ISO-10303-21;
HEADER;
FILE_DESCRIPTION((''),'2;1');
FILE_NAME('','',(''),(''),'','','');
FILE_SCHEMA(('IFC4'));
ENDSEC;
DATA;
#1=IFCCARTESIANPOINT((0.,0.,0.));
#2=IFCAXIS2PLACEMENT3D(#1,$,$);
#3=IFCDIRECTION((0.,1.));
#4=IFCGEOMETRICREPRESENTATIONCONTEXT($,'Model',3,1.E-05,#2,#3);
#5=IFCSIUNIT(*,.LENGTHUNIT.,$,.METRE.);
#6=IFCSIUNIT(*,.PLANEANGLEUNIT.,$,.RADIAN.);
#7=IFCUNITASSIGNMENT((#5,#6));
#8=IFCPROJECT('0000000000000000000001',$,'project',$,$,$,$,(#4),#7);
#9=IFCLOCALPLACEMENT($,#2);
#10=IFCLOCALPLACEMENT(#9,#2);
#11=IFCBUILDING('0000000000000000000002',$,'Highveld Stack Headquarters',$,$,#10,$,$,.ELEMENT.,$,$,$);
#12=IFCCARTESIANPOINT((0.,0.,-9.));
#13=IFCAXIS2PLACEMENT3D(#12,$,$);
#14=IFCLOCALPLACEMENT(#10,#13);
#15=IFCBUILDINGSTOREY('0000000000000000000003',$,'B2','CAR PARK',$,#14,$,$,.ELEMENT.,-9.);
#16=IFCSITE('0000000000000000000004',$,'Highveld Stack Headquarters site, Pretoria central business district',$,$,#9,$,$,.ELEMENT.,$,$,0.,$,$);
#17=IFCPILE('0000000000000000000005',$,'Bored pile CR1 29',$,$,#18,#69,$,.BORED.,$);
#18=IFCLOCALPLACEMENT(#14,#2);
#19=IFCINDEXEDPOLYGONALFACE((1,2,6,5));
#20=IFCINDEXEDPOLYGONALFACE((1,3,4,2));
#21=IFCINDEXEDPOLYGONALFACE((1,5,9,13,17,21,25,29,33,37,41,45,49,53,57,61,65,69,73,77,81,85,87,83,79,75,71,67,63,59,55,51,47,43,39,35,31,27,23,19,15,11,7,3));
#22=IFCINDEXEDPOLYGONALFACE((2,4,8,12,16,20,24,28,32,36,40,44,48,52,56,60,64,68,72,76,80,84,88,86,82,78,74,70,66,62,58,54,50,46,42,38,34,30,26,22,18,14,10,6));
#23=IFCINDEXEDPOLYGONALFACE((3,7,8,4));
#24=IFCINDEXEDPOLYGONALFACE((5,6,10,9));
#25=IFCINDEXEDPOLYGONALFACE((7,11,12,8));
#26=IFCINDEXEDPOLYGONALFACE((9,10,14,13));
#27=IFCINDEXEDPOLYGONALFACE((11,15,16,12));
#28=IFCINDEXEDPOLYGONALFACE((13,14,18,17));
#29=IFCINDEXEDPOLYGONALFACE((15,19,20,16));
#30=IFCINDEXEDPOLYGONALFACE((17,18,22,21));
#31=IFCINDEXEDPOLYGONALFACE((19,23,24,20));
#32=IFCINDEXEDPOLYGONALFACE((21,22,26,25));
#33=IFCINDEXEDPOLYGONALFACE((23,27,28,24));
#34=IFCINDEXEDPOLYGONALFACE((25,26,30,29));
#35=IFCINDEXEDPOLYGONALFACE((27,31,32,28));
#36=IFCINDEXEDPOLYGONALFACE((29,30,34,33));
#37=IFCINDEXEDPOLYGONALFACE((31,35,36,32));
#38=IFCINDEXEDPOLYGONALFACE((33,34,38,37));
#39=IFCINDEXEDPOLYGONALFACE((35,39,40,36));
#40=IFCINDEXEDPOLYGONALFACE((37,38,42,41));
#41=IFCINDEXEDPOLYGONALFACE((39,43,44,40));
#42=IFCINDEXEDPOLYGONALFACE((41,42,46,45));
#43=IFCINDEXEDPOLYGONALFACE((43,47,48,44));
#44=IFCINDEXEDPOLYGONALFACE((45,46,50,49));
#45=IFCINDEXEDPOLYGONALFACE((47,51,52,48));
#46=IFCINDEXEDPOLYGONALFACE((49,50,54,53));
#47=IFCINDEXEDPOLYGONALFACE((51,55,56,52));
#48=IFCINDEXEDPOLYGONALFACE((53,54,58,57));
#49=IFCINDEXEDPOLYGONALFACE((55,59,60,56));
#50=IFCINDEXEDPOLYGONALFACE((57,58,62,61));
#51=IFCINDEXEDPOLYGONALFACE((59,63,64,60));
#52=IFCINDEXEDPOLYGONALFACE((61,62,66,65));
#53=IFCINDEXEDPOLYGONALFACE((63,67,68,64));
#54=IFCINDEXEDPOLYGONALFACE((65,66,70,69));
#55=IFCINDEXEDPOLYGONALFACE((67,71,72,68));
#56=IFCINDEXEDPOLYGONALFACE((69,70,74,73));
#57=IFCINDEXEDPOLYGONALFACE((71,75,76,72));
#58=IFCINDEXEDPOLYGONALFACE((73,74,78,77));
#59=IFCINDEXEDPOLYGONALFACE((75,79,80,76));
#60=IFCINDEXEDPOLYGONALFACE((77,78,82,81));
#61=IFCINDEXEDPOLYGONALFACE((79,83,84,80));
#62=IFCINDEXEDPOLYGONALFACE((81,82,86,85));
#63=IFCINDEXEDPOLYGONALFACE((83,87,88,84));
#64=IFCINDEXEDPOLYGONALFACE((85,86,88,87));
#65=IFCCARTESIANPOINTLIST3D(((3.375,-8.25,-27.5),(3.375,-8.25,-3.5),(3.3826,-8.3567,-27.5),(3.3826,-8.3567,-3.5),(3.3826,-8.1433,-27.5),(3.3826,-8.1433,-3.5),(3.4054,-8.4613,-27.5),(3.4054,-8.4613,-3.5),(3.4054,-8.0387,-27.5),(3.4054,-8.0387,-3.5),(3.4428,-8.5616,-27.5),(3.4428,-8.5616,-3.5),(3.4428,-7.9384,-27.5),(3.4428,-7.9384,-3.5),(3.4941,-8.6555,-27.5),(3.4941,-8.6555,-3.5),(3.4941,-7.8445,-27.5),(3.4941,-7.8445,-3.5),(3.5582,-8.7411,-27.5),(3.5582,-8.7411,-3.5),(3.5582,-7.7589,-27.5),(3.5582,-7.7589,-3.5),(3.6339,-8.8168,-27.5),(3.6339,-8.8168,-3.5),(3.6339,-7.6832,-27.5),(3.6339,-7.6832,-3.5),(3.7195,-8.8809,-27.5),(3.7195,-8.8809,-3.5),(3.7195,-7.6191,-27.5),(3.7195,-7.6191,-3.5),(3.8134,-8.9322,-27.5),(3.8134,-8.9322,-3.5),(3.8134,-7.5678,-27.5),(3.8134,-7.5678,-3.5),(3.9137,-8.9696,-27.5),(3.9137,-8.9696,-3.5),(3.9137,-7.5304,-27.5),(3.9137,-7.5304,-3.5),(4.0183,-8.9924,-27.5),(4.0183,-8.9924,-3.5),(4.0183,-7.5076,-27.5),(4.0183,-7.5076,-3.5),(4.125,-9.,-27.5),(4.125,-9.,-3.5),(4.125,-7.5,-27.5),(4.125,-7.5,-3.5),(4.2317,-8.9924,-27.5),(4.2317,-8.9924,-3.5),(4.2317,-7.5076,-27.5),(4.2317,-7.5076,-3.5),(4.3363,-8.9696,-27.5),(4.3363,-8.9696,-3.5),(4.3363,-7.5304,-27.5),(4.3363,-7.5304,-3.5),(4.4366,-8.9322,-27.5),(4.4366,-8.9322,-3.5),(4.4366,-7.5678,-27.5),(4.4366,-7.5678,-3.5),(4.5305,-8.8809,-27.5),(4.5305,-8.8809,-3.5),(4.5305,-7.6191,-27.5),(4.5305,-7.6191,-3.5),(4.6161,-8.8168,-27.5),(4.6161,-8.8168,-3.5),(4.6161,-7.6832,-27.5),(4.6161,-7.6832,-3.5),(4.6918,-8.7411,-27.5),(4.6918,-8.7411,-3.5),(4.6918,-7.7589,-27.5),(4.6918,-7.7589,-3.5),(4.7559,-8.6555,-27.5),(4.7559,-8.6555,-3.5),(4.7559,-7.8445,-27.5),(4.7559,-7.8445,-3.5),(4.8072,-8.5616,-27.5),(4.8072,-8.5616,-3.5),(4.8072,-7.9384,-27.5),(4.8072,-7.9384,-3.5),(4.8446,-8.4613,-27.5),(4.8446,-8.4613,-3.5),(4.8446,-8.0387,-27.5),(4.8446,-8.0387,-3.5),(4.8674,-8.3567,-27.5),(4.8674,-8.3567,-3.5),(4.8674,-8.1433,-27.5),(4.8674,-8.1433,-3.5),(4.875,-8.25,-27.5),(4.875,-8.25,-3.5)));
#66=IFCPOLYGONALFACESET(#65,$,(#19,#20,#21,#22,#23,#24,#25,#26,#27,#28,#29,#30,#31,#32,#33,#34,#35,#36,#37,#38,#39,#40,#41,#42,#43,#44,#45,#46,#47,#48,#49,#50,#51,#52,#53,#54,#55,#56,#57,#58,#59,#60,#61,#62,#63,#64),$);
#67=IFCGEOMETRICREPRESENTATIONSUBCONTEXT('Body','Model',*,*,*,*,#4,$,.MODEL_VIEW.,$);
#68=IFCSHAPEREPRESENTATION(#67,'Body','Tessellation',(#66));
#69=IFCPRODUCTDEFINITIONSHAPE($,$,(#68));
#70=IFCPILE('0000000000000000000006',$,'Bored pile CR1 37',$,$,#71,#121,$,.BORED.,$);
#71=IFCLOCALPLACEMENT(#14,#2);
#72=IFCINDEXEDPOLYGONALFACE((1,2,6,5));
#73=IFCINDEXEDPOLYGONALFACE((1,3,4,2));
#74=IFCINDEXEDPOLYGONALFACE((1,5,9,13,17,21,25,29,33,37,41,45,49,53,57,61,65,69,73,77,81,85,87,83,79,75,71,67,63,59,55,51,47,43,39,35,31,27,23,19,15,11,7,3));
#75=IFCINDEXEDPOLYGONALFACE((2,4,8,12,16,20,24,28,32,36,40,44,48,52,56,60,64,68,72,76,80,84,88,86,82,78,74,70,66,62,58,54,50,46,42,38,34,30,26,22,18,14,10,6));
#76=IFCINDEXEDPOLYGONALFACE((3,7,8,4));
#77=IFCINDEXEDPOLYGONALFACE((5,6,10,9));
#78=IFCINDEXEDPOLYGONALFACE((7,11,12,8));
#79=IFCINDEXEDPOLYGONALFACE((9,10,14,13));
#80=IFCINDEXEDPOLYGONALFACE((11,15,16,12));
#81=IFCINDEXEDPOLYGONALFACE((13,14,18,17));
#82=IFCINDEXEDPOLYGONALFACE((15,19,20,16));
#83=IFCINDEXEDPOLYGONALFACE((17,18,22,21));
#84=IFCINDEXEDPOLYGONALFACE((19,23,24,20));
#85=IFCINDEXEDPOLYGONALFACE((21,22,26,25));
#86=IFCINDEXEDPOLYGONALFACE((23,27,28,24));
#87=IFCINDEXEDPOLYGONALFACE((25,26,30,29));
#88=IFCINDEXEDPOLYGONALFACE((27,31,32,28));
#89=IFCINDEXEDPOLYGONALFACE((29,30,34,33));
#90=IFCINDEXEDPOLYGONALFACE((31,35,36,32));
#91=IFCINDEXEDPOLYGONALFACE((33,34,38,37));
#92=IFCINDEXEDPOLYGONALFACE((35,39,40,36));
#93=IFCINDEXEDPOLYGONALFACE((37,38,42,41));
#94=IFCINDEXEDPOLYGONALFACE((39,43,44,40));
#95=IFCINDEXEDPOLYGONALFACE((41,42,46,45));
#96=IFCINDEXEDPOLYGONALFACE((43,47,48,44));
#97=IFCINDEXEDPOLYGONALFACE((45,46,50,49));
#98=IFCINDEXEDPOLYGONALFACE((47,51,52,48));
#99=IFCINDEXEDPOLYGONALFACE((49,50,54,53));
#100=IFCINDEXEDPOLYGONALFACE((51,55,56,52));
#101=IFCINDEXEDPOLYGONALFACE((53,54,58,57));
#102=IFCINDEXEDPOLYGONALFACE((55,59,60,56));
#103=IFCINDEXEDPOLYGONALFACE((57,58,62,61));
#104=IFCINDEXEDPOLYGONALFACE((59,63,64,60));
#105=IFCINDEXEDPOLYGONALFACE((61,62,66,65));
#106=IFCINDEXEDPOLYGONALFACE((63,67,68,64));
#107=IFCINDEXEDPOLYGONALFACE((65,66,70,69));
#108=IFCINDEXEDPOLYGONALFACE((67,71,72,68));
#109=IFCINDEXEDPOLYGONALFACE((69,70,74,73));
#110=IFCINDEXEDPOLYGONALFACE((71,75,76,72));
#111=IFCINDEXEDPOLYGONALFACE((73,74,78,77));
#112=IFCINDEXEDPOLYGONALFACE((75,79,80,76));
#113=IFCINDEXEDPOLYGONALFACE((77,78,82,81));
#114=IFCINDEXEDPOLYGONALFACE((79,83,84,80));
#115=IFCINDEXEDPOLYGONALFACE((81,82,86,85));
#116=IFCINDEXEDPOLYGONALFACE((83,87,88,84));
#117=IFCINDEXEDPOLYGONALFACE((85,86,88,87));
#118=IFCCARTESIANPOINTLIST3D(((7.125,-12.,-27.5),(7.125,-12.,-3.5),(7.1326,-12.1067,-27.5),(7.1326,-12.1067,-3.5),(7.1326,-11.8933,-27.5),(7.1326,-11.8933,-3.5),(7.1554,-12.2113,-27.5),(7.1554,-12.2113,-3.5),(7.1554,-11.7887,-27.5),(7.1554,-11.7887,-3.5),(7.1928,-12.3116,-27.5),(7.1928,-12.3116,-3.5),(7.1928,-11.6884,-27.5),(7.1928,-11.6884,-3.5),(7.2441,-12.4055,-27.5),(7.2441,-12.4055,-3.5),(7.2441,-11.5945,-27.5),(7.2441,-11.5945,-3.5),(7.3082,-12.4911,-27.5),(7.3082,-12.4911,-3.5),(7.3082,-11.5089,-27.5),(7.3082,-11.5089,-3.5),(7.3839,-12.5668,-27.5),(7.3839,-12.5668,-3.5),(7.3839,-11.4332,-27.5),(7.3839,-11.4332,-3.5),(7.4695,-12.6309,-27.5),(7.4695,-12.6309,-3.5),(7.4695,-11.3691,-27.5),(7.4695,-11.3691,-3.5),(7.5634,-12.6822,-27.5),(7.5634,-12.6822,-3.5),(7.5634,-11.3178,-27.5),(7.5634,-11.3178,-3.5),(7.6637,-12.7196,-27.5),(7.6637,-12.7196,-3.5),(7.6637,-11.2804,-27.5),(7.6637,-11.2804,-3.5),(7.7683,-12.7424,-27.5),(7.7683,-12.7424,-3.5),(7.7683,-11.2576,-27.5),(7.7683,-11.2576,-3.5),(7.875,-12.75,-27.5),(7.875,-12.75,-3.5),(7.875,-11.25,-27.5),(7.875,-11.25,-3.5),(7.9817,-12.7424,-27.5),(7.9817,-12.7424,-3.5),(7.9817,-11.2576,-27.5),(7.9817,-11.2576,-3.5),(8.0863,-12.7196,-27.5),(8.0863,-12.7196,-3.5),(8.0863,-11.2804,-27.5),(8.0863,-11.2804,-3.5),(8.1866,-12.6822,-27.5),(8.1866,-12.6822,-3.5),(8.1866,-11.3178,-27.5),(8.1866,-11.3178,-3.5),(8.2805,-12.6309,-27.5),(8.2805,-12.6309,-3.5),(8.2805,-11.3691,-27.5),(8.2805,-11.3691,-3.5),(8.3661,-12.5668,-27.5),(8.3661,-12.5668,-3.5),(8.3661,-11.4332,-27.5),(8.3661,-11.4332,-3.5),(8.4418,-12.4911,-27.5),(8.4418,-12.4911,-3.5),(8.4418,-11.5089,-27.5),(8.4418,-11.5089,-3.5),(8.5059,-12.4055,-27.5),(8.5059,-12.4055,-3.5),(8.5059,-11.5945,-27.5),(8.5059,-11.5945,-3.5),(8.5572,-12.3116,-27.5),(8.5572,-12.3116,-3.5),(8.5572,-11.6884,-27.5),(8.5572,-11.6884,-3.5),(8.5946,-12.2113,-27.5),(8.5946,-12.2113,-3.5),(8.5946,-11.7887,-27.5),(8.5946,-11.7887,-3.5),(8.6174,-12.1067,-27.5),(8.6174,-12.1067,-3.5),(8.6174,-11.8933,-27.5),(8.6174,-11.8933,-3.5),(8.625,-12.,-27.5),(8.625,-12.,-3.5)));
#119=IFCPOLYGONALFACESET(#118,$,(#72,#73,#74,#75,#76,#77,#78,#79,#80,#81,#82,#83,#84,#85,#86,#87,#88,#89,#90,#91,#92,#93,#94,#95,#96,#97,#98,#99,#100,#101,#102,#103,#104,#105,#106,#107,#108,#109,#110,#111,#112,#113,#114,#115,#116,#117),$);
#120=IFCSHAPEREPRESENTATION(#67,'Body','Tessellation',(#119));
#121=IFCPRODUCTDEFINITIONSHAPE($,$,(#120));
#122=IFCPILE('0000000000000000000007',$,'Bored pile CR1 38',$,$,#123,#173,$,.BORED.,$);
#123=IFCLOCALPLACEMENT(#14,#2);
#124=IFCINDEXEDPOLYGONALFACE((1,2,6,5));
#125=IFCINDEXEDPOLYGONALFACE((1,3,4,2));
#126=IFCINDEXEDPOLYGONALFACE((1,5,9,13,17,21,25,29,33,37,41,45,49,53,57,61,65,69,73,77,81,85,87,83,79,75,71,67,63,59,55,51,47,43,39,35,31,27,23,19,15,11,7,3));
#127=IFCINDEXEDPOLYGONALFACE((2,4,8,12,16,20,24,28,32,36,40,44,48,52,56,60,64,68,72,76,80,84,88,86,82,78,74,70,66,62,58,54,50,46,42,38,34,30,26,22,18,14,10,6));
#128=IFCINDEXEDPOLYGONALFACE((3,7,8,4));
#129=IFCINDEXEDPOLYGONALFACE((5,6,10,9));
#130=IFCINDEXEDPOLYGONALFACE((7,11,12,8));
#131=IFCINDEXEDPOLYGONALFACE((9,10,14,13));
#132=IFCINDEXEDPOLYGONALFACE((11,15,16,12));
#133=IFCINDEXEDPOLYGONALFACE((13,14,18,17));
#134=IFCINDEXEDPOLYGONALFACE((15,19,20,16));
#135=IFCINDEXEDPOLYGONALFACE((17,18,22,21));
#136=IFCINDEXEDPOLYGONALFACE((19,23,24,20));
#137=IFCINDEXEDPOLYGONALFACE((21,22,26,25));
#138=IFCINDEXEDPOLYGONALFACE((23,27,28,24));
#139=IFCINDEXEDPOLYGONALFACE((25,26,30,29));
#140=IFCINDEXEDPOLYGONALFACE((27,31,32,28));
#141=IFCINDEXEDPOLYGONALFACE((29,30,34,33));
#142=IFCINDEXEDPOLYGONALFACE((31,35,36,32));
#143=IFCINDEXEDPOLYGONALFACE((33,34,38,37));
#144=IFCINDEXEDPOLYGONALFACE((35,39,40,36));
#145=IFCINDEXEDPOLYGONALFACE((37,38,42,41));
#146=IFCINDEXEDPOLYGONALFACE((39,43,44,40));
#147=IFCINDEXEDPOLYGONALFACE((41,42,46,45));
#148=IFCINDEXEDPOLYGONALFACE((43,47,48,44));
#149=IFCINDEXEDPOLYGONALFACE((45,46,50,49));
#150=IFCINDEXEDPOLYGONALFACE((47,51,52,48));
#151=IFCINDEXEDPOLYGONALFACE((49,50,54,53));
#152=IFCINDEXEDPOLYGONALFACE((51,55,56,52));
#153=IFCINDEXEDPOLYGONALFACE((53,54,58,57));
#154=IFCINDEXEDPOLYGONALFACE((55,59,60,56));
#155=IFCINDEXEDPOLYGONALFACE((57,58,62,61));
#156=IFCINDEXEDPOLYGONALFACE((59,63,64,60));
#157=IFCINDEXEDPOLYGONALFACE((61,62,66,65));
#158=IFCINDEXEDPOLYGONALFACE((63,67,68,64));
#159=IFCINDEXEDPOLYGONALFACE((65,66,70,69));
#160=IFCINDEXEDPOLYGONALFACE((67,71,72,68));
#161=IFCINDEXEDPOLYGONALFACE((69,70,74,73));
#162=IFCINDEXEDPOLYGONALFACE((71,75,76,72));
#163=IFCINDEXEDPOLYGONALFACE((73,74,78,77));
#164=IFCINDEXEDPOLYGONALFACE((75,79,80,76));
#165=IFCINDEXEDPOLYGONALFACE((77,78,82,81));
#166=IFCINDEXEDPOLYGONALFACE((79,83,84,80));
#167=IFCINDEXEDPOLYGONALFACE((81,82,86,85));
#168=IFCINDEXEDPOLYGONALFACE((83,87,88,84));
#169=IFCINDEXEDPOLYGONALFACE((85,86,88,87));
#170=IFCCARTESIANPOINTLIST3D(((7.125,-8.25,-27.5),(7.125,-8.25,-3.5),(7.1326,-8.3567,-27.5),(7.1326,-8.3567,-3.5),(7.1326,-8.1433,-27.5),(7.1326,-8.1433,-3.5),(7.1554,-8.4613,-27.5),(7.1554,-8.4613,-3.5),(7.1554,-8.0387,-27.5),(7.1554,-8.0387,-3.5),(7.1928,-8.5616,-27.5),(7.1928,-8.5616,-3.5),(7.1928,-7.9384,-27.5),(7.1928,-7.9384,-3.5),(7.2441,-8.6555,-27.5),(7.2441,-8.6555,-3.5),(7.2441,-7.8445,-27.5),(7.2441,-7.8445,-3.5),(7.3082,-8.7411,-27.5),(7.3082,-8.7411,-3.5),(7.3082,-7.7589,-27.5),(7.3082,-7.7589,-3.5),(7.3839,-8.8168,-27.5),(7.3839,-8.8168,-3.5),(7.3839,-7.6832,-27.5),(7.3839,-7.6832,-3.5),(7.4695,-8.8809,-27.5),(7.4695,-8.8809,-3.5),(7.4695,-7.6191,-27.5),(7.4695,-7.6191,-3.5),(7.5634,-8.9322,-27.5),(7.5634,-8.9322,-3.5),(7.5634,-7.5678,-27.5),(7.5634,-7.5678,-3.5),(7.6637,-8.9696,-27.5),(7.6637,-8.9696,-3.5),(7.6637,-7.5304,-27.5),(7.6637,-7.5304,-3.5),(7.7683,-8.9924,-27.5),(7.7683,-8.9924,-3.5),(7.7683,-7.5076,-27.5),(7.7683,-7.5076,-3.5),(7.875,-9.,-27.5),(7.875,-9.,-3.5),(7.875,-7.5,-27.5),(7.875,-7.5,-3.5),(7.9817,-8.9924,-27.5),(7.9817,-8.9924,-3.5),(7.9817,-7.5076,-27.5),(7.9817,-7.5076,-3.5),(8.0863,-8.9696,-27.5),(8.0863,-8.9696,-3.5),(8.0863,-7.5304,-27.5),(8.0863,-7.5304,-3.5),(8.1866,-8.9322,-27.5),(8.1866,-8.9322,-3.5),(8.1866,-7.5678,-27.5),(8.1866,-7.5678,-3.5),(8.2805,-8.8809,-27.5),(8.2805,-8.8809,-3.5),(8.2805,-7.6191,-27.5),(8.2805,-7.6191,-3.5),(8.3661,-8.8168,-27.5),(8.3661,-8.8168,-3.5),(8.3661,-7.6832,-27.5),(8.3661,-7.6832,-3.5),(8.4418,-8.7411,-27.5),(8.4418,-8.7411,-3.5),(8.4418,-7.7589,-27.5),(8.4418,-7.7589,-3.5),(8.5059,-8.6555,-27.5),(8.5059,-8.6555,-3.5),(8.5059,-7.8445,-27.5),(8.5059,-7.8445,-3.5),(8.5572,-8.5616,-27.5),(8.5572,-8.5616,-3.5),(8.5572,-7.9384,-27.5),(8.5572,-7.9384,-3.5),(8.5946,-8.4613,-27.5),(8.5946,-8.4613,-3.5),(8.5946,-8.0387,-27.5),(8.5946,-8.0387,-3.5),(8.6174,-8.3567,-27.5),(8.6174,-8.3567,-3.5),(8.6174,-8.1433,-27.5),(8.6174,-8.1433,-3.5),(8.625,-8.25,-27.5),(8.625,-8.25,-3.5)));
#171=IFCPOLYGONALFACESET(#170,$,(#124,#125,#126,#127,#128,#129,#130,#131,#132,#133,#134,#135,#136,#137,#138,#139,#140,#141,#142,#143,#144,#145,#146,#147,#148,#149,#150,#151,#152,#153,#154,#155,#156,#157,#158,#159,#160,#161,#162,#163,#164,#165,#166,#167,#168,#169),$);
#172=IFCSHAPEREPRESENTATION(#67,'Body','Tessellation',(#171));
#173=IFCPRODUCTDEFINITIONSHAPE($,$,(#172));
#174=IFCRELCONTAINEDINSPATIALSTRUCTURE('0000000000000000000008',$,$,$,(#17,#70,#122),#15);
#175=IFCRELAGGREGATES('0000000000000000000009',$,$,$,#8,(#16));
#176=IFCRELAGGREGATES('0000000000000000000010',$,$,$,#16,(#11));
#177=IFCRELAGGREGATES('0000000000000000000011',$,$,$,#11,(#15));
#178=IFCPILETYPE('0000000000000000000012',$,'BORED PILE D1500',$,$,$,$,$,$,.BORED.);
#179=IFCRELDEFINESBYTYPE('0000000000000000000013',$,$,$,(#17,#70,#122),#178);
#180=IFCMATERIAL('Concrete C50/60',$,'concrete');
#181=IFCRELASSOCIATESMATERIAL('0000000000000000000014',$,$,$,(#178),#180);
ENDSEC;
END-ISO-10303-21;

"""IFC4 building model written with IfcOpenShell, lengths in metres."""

from ifc_helpers import new_model, si_unit, direction, frame, origin, origin_2d, place, context, subcontext, project, spatial, circle, extrude, material, type_object, element, save


model = new_model("IFC4")

# Units and contexts
model_context = context("Model", 3, precision=1e-05, world=origin(), true_north=direction((0.0, 1.0)))
body_context = subcontext(model_context, "Body", "Model", "MODEL_VIEW")
ifc_project = project(units=[si_unit("LENGTHUNIT", "METRE"), si_unit("PLANEANGLEUNIT", "RADIAN")], contexts=[model_context])

# Site, building, storey
site_placement = place(None, origin())
site = spatial("IfcSite", under=ifc_project, at=site_placement, Name="Highveld Stack Headquarters site, Pretoria central business district", CompositionType="ELEMENT", RefElevation=0.0)
building_placement = place(site_placement, origin())
building = spatial("IfcBuilding", under=site, at=building_placement, Name="Highveld Stack Headquarters", CompositionType="ELEMENT")
storey_placement = place(building_placement, frame((0.0, 0.0, -9.0)))
storey = spatial("IfcBuildingStorey", under=building, at=storey_placement, Name="B2", Description="CAR PARK", CompositionType="ELEMENT", Elevation=-9.0)

# Piles
ifc_material_1 = material(Name="Concrete C50/60", Category="concrete")
pile_type_1 = type_object("IfcPileType", Name="BORED PILE D1500", PredefinedType="BORED", material=ifc_material_1)
for number, where, z_axis, x_axis, name in (
    (1, (4.125, -8.25, -3.5), (0.0, 0.0, -1.0), (1.0, 0.0, 0.0), "Bored pile CR1 29"),
    (2, (7.875, -12.0, -3.5), (0.0, 0.0, -1.0), (1.0, 0.0, 0.0), "Bored pile CR1 37"),
    (3, (7.875, -8.25, -3.5), (0.0, 0.0, -1.0), (1.0, 0.0, 0.0), "Bored pile CR1 38"),
):
    element("IfcPile", number, at=place(storey_placement, frame(where, z_axis=z_axis, x_axis=x_axis)), inside=storey, type_object=pile_type_1, Name=name, PredefinedType="BORED", context=body_context, shape_type="SweptSolid", body=[
        extrude(circle(Radius=0.75, at=origin_2d()), origin(), (0.0, 0.0, 1.0), 24.0),
    ])

save(model, "model.ifc")
